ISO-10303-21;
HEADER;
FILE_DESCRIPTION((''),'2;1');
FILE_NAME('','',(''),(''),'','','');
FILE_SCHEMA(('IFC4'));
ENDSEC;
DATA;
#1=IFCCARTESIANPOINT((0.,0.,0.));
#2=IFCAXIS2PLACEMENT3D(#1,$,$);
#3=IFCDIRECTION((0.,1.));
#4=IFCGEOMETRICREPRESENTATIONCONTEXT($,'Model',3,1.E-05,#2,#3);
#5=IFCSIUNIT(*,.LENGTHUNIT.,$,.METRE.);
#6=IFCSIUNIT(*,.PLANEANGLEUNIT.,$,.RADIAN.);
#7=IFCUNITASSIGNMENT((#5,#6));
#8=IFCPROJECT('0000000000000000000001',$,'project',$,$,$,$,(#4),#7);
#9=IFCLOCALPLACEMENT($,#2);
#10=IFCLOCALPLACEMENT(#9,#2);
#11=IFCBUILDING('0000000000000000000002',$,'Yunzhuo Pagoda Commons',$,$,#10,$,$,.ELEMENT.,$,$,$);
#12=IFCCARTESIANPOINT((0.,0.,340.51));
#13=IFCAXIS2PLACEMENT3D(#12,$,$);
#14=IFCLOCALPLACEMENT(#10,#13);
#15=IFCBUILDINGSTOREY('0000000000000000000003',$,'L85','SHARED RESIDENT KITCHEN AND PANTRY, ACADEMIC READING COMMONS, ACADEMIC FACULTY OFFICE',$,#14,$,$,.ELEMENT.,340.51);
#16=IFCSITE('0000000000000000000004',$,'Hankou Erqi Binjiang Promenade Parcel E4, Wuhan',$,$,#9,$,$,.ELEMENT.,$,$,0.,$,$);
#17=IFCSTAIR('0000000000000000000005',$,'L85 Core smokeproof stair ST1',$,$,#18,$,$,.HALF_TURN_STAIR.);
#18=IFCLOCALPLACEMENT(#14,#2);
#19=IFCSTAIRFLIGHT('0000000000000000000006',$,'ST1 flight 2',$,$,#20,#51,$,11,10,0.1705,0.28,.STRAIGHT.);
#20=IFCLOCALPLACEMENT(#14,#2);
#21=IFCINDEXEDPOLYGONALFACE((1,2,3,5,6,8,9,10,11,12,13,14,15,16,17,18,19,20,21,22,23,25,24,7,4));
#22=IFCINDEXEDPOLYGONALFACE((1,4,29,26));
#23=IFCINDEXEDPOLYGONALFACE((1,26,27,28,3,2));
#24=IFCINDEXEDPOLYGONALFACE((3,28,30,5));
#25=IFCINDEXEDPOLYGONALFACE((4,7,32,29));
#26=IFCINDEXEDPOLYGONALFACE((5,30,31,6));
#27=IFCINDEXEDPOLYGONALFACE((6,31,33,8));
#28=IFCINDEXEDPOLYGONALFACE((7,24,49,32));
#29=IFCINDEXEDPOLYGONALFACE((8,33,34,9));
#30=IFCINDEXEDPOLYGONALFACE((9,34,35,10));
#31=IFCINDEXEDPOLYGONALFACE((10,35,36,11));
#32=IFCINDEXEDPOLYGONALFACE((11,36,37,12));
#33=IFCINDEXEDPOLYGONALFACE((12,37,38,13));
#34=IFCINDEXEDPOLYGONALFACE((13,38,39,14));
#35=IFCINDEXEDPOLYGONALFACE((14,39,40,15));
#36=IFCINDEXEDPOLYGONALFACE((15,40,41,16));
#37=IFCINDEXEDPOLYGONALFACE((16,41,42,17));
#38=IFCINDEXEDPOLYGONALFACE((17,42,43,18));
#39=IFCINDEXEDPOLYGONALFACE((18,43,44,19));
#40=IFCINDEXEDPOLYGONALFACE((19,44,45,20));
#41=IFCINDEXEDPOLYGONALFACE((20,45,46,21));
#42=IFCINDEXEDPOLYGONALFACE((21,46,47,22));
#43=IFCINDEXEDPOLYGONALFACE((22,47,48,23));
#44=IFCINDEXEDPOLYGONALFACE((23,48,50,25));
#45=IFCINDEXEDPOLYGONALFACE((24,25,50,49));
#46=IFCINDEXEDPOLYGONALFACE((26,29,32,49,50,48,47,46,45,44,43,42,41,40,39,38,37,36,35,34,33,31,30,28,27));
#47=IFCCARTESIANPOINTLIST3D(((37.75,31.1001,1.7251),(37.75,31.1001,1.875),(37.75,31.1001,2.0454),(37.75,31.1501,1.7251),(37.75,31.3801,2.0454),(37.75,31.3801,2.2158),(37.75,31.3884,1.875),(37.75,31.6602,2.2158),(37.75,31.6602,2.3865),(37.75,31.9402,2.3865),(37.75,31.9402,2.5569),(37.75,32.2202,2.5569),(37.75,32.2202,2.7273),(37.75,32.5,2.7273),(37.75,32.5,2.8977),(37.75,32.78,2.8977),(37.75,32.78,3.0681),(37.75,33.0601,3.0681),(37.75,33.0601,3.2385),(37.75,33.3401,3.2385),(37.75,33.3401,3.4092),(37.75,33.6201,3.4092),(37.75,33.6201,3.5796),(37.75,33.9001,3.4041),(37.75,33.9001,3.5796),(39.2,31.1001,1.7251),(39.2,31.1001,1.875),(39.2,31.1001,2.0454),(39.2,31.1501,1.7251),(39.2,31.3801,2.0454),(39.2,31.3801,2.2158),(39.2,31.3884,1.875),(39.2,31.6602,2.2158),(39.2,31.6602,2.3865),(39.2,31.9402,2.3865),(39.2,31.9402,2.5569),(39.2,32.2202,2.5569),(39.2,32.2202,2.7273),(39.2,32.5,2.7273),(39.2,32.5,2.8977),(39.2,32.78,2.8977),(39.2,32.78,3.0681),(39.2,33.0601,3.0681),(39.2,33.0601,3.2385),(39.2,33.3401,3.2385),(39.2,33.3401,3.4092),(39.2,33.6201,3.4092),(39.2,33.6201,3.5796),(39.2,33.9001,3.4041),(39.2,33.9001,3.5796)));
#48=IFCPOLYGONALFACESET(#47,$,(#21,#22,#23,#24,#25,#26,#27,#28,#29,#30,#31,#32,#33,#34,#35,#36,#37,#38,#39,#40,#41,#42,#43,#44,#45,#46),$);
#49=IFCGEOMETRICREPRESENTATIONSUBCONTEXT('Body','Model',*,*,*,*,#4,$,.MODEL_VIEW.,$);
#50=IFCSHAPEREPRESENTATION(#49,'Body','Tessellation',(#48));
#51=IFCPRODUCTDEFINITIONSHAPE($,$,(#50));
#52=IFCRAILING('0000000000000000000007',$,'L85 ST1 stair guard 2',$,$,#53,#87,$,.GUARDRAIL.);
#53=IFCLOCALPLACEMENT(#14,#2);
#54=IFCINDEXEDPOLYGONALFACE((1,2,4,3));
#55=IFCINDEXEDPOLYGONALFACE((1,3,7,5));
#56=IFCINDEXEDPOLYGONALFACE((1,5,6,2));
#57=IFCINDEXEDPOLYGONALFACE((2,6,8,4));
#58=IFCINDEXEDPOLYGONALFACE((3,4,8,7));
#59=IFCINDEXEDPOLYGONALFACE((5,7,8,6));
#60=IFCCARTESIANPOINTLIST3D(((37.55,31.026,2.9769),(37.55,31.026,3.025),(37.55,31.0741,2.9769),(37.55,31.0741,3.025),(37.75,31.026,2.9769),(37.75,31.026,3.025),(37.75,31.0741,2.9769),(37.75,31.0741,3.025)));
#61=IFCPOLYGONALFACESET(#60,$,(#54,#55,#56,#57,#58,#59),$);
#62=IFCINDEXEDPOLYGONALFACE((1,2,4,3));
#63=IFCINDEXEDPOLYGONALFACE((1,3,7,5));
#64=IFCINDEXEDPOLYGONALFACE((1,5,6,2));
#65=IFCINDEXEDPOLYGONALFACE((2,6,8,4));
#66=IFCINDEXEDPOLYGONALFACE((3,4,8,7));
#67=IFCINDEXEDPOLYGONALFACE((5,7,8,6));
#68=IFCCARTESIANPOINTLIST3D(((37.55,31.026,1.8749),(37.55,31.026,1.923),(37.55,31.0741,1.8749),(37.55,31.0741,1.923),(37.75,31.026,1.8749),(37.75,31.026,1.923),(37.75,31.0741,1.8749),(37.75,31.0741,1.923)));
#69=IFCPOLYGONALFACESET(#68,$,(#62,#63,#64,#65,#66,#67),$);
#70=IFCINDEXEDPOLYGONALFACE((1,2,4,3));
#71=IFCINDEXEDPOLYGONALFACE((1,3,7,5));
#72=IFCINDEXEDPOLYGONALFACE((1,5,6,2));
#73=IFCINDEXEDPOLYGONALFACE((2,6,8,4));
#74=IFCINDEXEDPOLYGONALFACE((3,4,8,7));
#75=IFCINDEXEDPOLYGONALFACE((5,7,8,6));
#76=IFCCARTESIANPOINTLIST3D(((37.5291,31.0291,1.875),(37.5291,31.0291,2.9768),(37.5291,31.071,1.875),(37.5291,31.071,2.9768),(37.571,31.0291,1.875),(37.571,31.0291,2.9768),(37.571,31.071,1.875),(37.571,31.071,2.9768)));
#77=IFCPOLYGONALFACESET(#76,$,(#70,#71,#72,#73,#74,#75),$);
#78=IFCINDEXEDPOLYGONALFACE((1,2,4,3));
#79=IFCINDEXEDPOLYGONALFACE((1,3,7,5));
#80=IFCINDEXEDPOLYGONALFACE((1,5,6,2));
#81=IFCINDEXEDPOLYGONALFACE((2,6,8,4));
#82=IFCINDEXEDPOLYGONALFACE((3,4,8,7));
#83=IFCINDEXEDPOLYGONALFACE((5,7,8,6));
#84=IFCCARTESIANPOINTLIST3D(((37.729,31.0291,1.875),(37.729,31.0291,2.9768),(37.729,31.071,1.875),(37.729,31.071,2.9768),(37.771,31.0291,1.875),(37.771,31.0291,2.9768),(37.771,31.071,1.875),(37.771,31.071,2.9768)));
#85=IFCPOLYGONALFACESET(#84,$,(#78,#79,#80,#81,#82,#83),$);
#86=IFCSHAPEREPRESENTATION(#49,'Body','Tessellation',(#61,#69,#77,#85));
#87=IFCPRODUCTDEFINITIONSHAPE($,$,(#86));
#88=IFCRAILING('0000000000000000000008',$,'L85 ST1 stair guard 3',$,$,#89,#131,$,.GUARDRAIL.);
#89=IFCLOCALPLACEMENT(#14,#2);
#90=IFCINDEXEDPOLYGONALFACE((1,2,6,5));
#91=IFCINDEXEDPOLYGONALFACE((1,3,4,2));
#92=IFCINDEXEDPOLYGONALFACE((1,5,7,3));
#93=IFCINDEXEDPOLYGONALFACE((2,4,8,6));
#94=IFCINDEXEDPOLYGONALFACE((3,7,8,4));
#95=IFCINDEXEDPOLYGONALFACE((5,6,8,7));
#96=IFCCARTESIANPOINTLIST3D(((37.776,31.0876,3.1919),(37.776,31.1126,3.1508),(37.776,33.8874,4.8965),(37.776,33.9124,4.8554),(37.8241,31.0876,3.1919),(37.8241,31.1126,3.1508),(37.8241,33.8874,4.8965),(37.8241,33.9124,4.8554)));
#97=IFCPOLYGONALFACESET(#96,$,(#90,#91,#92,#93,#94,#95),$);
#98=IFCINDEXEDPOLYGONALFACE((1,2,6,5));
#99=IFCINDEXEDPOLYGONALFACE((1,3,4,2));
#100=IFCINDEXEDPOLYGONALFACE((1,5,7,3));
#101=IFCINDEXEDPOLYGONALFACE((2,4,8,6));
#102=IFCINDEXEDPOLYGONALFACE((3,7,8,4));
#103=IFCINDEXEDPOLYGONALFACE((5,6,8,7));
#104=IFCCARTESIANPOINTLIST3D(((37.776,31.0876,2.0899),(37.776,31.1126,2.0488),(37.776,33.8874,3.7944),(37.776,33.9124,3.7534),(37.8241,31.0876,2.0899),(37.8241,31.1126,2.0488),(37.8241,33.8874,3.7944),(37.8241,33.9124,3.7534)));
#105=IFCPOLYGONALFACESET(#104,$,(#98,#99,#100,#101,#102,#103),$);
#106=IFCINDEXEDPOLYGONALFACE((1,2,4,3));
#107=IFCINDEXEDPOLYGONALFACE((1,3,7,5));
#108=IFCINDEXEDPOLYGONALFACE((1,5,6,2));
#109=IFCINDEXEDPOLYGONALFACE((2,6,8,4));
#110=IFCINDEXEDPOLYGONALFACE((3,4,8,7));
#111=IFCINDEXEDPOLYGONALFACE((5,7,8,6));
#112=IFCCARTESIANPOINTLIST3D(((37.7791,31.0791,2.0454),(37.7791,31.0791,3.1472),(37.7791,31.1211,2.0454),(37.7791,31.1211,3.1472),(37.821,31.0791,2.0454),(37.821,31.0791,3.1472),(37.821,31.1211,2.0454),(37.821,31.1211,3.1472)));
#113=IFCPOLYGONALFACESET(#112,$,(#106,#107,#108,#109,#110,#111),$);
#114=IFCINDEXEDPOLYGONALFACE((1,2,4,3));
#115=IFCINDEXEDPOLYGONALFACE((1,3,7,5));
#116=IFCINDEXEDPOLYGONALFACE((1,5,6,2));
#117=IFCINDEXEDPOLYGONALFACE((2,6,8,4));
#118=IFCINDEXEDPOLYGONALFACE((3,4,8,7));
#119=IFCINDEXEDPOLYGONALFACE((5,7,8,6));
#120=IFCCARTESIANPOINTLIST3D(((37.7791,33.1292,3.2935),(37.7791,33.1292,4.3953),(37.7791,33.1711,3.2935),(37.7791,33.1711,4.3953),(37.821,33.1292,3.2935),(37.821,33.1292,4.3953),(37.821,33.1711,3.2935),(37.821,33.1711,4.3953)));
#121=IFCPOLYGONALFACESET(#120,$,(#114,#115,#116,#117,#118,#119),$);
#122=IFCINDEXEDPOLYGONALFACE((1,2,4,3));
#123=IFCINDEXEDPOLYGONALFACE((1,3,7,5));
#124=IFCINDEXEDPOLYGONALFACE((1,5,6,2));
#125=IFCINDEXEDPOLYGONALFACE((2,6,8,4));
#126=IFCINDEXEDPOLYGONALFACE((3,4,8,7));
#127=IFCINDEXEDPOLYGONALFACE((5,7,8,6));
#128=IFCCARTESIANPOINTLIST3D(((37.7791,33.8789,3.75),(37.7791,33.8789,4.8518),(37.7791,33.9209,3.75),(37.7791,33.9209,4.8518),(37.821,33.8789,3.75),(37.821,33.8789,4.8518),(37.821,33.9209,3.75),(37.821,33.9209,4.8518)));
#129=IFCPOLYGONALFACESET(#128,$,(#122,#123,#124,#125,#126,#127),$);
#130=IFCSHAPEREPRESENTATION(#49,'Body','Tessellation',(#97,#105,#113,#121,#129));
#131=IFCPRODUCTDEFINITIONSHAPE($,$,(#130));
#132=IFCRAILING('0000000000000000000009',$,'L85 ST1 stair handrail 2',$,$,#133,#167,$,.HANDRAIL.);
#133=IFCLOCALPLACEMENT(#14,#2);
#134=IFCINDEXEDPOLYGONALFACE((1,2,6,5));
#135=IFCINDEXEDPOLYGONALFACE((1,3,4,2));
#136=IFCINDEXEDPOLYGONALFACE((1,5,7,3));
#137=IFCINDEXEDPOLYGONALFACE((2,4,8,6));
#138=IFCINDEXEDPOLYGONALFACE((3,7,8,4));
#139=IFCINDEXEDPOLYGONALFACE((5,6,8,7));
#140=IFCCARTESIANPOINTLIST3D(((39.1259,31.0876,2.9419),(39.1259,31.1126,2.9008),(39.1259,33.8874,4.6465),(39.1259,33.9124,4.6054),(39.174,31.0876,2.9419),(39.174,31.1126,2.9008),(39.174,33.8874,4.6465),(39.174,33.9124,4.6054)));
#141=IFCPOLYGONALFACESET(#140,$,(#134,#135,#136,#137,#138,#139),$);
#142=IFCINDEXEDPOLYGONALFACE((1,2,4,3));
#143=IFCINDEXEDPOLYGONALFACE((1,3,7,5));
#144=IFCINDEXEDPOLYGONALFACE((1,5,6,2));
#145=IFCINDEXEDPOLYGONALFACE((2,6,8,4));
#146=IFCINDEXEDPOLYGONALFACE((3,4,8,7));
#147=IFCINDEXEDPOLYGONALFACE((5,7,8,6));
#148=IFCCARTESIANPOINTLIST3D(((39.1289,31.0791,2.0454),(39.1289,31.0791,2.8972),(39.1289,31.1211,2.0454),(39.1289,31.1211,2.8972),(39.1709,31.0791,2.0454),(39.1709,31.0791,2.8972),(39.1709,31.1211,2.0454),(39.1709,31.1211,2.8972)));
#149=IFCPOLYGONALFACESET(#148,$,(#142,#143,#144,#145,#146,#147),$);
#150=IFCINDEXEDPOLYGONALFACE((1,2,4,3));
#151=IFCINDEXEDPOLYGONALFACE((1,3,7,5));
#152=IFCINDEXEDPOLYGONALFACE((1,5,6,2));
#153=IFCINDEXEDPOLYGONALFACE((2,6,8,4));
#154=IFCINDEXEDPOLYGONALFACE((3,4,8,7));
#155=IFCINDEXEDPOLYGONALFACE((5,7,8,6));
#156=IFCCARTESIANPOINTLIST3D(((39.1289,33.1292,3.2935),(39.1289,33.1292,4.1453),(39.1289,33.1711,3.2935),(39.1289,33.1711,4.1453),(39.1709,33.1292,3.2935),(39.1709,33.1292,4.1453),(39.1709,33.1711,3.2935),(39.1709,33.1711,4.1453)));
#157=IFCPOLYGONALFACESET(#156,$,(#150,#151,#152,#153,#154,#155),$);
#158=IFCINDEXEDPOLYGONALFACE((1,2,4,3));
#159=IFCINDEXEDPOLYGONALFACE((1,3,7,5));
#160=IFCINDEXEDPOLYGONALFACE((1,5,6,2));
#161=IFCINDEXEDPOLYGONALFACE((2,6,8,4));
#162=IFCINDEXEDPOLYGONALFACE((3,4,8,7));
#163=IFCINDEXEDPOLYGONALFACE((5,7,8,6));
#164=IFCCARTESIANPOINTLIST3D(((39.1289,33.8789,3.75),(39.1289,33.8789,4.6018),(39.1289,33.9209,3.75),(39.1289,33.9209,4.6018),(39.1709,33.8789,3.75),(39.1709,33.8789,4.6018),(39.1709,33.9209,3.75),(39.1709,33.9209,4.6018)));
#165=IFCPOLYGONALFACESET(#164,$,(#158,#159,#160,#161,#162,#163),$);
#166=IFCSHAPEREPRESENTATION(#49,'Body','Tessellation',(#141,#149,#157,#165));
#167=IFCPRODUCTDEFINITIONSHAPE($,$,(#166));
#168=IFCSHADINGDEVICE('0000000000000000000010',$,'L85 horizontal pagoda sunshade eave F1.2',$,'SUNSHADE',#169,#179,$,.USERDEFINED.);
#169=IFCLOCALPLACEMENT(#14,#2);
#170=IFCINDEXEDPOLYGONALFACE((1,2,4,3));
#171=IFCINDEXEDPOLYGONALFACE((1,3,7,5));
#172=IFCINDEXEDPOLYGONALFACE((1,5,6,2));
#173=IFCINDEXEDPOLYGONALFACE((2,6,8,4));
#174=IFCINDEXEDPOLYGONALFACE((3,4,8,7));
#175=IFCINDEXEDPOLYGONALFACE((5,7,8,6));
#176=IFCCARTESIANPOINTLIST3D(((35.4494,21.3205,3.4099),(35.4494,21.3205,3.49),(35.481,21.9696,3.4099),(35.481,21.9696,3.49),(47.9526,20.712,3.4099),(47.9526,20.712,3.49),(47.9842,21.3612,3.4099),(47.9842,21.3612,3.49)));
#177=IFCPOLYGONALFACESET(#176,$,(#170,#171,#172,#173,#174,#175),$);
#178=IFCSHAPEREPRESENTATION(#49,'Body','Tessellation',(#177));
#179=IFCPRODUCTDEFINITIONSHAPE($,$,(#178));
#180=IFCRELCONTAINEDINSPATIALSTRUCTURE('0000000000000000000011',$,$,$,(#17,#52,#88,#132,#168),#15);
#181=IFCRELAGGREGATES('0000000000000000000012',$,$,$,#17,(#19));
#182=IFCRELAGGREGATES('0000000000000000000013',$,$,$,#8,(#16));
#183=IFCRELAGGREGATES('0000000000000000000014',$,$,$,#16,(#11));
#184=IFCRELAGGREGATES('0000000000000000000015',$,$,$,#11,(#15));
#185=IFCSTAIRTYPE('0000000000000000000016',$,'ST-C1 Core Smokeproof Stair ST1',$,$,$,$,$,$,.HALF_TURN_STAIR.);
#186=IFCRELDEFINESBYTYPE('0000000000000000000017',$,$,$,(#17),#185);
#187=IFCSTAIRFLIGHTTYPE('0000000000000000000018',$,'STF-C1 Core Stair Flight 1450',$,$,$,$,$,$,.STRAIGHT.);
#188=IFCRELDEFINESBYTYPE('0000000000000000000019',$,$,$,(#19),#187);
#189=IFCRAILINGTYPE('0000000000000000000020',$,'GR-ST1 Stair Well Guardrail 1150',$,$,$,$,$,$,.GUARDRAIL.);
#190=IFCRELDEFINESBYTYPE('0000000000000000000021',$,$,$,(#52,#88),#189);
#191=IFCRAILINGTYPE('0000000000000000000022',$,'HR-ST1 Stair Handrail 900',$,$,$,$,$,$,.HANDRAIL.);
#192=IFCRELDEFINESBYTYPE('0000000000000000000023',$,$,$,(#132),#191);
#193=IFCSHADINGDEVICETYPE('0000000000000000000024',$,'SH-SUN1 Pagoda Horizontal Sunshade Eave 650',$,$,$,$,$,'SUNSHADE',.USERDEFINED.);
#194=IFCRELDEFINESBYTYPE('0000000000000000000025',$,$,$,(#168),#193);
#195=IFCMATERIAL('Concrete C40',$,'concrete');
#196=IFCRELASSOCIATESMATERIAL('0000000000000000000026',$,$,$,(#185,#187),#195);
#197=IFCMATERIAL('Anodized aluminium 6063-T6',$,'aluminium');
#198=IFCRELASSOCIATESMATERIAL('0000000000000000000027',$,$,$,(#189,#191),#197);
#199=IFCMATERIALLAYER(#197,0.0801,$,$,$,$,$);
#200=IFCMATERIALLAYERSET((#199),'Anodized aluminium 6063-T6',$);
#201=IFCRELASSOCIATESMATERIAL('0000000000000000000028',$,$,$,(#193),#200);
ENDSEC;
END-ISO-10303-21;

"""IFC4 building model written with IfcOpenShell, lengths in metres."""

from ifc_helpers import new_model, si_unit, direction, frame, origin, origin_2d, place, context, subcontext, project, spatial, polyline, rectangle, outline, extrude, source, transform, mapped, material, layer, layer_set, type_object, element, aggregate, save


model = new_model("IFC4")

# Units and contexts
model_context = context("Model", 3, precision=1e-05, world=origin(), true_north=direction((0.0, 1.0)))
body_context = subcontext(model_context, "Body", "Model", "MODEL_VIEW")
ifc_project = project(units=[si_unit("LENGTHUNIT", "METRE"), si_unit("PLANEANGLEUNIT", "RADIAN")], contexts=[model_context])

# Site, building, storey
site_placement = place(None, origin())
site = spatial("IfcSite", under=ifc_project, at=site_placement, Name="Hankou Erqi Binjiang Promenade Parcel E4, Wuhan", CompositionType="ELEMENT", RefElevation=0.0)
building_placement = place(site_placement, origin())
building = spatial("IfcBuilding", under=site, at=building_placement, Name="Yunzhuo Pagoda Commons", CompositionType="ELEMENT")
storey_placement = place(building_placement, frame((0.0, 0.0, 340.51)))
storey = spatial("IfcBuildingStorey", under=building, at=storey_placement, Name="L85", Description="SHARED RESIDENT KITCHEN AND PANTRY, ACADEMIC READING COMMONS, ACADEMIC FACULTY OFFICE", CompositionType="ELEMENT", Elevation=340.51)

# Shared definitions
ifc_material_1 = material(Name="Anodized aluminium 6063-T6", Category="aluminium")

# Stair, stair flight
ifc_material_2 = material(Name="Concrete C40", Category="concrete")
stair_type = type_object("IfcStairType", Name="ST-C1 Core Smokeproof Stair ST1", PredefinedType="HALF_TURN_STAIR", material=ifc_material_2)
stair_placement = place(storey_placement, origin())
stair = element("IfcStair", 1, at=stair_placement, inside=storey, type_object=stair_type, Name="L85 Core smokeproof stair ST1", PredefinedType="HALF_TURN_STAIR")
stair_flight_type = type_object("IfcStairFlightType", Name="STF-C1 Core Stair Flight 1450", PredefinedType="STRAIGHT", material=ifc_material_2)
shared_shape_1 = source(origin(), body_context, "Body", "SweptSolid", [
    extrude(outline(polyline([(0.0, -0.1499), (0.0, 0.0), (0.0, 0.1704), (0.28, 0.1704), (0.28, 0.3408), (0.5601, 0.3408), (0.5601, 0.5115), (0.8401, 0.5115), (0.8401, 0.6819), (1.1201, 0.6819), (1.1201, 0.8523), (1.3999, 0.8523), (1.3999, 1.0227), (1.6799, 1.0227), (1.6799, 1.1931), (1.96, 1.1931), (1.96, 1.3635), (2.24, 1.3635), (2.24, 1.5342), (2.52, 1.5342), (2.52, 1.7046), (2.8, 1.7046), (2.8, 1.875), (2.8, 1.5291), (0.2883, 0.0), (0.05, -0.1499), (0.0, -0.1499)])), frame((0.0, 0.7251, 0.0), z_axis=(0.0, -1.0, 0.0), x_axis=(1.0, 0.0, 0.0)), (0.0, 0.0, 1.0), 1.45),
])
stair_flight_placement = place(storey_placement, frame((38.4751, 31.1001, 1.875), z_axis=(0.0, 0.0, 1.0), x_axis=(0.0, 1.0, 0.0)))
stair_flight = element("IfcStairFlight", 2, at=stair_flight_placement, type_object=stair_flight_type, Name="ST1 flight 2", NumberOfRisers=11, NumberOfTreads=10, PredefinedType="STRAIGHT", RiserHeight=0.1705, TreadLength=0.28, context=body_context, shape_type="MappedRepresentation", body=[
    mapped(shared_shape_1, transform((0.0, 0.0, 0.0), scale=1.0)),
])
aggregate(stair, [stair_flight])

# Railings
railing_type_1 = type_object("IfcRailingType", Name="GR-ST1 Stair Well Guardrail 1150", PredefinedType="GUARDRAIL", material=ifc_material_1)
railing_1_placement = place(storey_placement, frame((37.55, 31.05, 1.875)))
element("IfcRailing", 3, at=railing_1_placement, inside=storey, type_object=railing_type_1, Name="L85 ST1 stair guard 2", PredefinedType="GUARDRAIL", context=body_context, shape_type="SweptSolid", body=[
    extrude(rectangle(XDim=0.0481, YDim=0.0481, at=origin_2d()), frame((0.0, 0.0, 1.126), z_axis=(1.0, 0.0, 0.0), x_axis=(0.0, 1.0, 0.0)), (0.0, 0.0, 1.0), 0.2),
    extrude(rectangle(XDim=0.0481, YDim=0.0481, at=origin_2d()), frame((0.0, 0.0, 0.0239), z_axis=(1.0, 0.0, 0.0), x_axis=(0.0, 1.0, 0.0)), (0.0, 0.0, 1.0), 0.2),
    extrude(rectangle(XDim=0.042, YDim=0.042, at=origin_2d()), origin(), (0.0, 0.0, 1.0), 1.1018),
    extrude(rectangle(XDim=0.042, YDim=0.042, at=origin_2d()), frame((0.2, 0.0, 0.0)), (0.0, 0.0, 1.0), 1.1018),
])
railing_2_placement = place(storey_placement, frame((37.8, 31.1001, 2.0454)))
element("IfcRailing", 4, at=railing_2_placement, inside=storey, type_object=railing_type_1, Name="L85 ST1 stair guard 3", PredefinedType="GUARDRAIL", context=body_context, shape_type="SweptSolid", body=[
    extrude(rectangle(XDim=0.0481, YDim=0.0481, at=origin_2d()), frame((0.0, 0.0, 1.126), z_axis=(0.0, 0.85415, 0.520027), x_axis=(-1.0, 0.0, 0.0)), (0.0, 0.0, 1.0), 3.2778),
    extrude(rectangle(XDim=0.0481, YDim=0.0481, at=origin_2d()), frame((0.0, 0.0, 0.0239), z_axis=(0.0, 0.85415, 0.520027), x_axis=(-1.0, 0.0, 0.0)), (0.0, 0.0, 1.0), 3.2778),
    extrude(rectangle(XDim=0.042, YDim=0.042, at=origin_2d()), origin(), (0.0, 0.0, 1.0), 1.1018),
    extrude(rectangle(XDim=0.042, YDim=0.042, at=origin_2d()), frame((0.0, 2.05, 1.248)), (0.0, 0.0, 1.0), 1.1018),
    extrude(rectangle(XDim=0.042, YDim=0.042, at=origin_2d()), frame((0.0, 2.7998, 1.7046)), (0.0, 0.0, 1.0), 1.1018),
])
railing_type_2 = type_object("IfcRailingType", Name="HR-ST1 Stair Handrail 900", PredefinedType="HANDRAIL", material=ifc_material_1)
railing_3_placement = place(storey_placement, frame((39.1499, 31.1001, 2.0454)))
element("IfcRailing", 5, at=railing_3_placement, inside=storey, type_object=railing_type_2, Name="L85 ST1 stair handrail 2", PredefinedType="HANDRAIL", context=body_context, shape_type="SweptSolid", body=[
    extrude(rectangle(XDim=0.0481, YDim=0.0481, at=origin_2d()), frame((0.0, 0.0, 0.876), z_axis=(0.0, 0.85415, 0.520027), x_axis=(-1.0, 0.0, 0.0)), (0.0, 0.0, 1.0), 3.2778),
    extrude(rectangle(XDim=0.042, YDim=0.042, at=origin_2d()), origin(), (0.0, 0.0, 1.0), 0.8518),
    extrude(rectangle(XDim=0.042, YDim=0.042, at=origin_2d()), frame((0.0, 2.05, 1.248)), (0.0, 0.0, 1.0), 0.8518),
    extrude(rectangle(XDim=0.042, YDim=0.042, at=origin_2d()), frame((0.0, 2.7998, 1.7046)), (0.0, 0.0, 1.0), 0.8518),
])

# Shading device
ifc_layer_1 = layer(ifc_material_1, 0.0801)
ifc_layer_set_1 = layer_set([ifc_layer_1], Name="Anodized aluminium 6063-T6")
shading_device_type = type_object("IfcShadingDeviceType", Name="SH-SUN1 Pagoda Horizontal Sunshade Eave 650", ElementType="SUNSHADE", PredefinedType="USERDEFINED", material=ifc_layer_set_1)
shared_shape_2 = source(origin(), body_context, "Body", "SweptSolid", [
    extrude(rectangle(XDim=12.5181, YDim=0.6499, at=origin_2d()), origin(), (0.0, 0.0, 1.0), 0.0801),
])
shading_device_placement = place(storey_placement, frame((41.7168, 21.3408, 3.4099), z_axis=(0.0, 0.0, 1.0), x_axis=(0.998818, -0.048606, 0.0)))
element("IfcShadingDevice", 6, at=shading_device_placement, inside=storey, type_object=shading_device_type, Name="L85 horizontal pagoda sunshade eave F1.2", ObjectType="SUNSHADE", PredefinedType="USERDEFINED", context=body_context, shape_type="MappedRepresentation", body=[
    mapped(shared_shape_2, transform((0.0, 0.0, 0.0), scale=1.0)),
])

save(model, "model.ifc")
